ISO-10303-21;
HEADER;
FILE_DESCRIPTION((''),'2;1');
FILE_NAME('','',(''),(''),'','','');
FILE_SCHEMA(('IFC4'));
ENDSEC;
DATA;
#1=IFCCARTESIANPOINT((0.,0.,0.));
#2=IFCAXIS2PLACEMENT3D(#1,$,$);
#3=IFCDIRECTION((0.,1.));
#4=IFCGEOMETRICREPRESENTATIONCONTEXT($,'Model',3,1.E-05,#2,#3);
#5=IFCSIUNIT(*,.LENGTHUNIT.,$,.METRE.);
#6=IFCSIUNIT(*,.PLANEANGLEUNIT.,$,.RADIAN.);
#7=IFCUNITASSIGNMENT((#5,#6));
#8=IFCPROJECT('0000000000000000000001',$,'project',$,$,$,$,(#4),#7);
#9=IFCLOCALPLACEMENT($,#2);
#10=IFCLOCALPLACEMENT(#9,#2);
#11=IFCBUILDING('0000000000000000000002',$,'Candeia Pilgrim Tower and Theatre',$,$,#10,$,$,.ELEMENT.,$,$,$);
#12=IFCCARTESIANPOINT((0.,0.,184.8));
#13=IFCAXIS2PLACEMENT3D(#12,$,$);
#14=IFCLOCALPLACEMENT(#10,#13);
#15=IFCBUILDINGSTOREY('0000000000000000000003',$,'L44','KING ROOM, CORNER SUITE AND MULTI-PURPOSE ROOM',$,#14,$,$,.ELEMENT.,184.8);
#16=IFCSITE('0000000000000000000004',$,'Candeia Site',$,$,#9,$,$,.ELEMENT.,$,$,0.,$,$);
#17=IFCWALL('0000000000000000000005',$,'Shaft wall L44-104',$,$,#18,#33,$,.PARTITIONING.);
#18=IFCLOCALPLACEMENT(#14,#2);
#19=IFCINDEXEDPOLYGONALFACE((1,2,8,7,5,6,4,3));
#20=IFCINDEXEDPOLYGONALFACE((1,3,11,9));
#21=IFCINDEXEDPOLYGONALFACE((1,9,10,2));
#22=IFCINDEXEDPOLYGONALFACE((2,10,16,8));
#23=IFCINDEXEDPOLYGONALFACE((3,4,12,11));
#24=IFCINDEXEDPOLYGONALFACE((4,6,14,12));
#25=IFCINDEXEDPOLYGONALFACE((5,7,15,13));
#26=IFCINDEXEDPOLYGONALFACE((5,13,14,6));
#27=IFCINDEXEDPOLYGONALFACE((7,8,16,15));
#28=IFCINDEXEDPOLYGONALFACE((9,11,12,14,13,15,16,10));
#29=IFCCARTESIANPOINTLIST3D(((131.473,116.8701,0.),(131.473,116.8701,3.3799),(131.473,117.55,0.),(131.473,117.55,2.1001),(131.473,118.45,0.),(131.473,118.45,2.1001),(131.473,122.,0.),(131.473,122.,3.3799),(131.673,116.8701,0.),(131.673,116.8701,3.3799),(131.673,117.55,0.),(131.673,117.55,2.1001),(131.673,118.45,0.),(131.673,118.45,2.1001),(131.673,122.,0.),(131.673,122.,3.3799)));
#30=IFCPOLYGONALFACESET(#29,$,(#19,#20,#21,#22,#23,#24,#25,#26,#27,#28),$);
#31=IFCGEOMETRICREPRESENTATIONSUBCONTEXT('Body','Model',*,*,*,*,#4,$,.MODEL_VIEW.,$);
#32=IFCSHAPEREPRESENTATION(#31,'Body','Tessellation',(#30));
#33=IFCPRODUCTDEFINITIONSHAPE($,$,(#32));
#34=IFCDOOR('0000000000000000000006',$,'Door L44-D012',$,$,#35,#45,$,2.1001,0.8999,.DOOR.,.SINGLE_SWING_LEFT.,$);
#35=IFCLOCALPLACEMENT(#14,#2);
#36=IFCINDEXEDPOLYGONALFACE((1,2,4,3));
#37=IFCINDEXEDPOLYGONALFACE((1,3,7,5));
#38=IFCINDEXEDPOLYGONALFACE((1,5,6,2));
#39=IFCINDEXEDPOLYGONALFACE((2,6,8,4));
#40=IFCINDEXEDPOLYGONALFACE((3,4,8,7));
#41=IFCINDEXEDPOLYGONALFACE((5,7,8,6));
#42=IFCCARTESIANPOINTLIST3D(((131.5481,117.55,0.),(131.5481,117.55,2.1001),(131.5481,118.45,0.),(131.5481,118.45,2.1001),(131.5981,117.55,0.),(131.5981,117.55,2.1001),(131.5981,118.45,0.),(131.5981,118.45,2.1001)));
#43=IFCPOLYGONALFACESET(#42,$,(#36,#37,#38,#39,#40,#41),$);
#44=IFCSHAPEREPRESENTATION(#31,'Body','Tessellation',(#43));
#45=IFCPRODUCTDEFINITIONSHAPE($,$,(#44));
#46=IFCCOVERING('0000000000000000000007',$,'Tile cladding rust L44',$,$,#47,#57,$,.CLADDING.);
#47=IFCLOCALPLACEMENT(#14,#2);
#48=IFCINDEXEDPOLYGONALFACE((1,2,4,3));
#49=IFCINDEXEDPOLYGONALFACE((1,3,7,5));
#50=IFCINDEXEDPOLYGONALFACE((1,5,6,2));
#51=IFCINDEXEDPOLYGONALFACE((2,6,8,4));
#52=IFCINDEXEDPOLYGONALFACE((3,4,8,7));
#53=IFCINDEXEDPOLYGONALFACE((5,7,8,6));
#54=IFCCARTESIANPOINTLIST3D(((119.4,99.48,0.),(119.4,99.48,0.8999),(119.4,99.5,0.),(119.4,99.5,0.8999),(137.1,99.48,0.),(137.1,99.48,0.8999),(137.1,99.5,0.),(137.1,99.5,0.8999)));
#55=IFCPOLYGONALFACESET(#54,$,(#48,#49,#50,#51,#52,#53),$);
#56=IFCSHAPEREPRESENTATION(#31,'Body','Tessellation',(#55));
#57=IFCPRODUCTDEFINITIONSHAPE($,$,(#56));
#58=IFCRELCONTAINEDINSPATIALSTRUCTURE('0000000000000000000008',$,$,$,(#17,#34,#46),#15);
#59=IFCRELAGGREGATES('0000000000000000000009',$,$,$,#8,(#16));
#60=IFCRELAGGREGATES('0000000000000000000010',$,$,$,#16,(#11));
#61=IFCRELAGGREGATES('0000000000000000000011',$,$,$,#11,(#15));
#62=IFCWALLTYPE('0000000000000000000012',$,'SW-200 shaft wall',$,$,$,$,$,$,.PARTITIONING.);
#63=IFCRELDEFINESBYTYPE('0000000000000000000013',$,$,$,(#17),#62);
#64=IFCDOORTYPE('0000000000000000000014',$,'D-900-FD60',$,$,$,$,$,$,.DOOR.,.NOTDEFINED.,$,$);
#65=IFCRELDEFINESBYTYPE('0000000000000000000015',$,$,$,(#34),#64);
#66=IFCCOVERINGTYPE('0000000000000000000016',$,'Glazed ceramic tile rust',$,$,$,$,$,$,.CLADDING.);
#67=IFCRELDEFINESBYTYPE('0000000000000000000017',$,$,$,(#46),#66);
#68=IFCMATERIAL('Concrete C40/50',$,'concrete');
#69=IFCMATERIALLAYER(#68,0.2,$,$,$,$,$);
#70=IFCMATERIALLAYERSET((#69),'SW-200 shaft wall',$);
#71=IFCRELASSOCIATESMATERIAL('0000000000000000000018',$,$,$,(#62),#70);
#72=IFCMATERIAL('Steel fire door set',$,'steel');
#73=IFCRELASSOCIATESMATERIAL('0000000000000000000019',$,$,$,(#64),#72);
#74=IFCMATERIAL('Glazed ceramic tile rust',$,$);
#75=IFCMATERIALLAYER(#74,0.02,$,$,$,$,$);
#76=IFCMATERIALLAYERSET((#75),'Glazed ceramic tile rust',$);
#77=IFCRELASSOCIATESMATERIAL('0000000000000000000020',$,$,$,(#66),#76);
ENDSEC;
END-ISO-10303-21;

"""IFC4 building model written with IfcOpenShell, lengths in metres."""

from ifc_helpers import new_model, si_unit, direction, frame, frame_2d, origin, origin_2d, place, context, subcontext, project, spatial, rectangle, extrude, material, layer, layer_set, type_object, element, fill, save


model = new_model("IFC4")

# Units and contexts
model_context = context("Model", 3, precision=1e-05, world=origin(), true_north=direction((0.0, 1.0)))
body_context = subcontext(model_context, "Body", "Model", "MODEL_VIEW")
ifc_project = project(units=[si_unit("LENGTHUNIT", "METRE"), si_unit("PLANEANGLEUNIT", "RADIAN")], contexts=[model_context])

# Site, building, storey
site_placement = place(None, origin())
site = spatial("IfcSite", under=ifc_project, at=site_placement, Name="Candeia Site", CompositionType="ELEMENT", RefElevation=0.0)
building_placement = place(site_placement, origin())
building = spatial("IfcBuilding", under=site, at=building_placement, Name="Candeia Pilgrim Tower and Theatre", CompositionType="ELEMENT")
storey_placement = place(building_placement, frame((0.0, 0.0, 184.8)))
storey = spatial("IfcBuildingStorey", under=building, at=storey_placement, Name="L44", Description="KING ROOM, CORNER SUITE AND MULTI-PURPOSE ROOM", CompositionType="ELEMENT", Elevation=184.8)

# Shared definitions
ifc_material_1 = material(Name="Steel fire door set", Category="steel")

# Shared definitions
ifc_material_2 = material(Name="Concrete C40/50", Category="concrete")
ifc_layer_1 = layer(ifc_material_2, 0.2)
ifc_layer_set_1 = layer_set([ifc_layer_1], Name="SW-200 shaft wall")
wall_type_1 = type_object("IfcWallType", Name="SW-200 shaft wall", PredefinedType="PARTITIONING", material=ifc_layer_set_1)

# Wall, opening, door
wall_1_placement = place(storey_placement, frame((131.573, 116.8701, 0.0), z_axis=(0.0, 0.0, 1.0), x_axis=(0.0, 1.0, 0.0)))
wall_1 = element("IfcWall", 1, at=wall_1_placement, inside=storey, type_object=wall_type_1, Name="Shaft wall L44-104", PredefinedType="PARTITIONING", context=body_context, shape_type="SweptSolid", body=[
    extrude(rectangle(XDim=5.1299, YDim=0.2, at=frame_2d((2.5649, 0.0))), origin(), (0.0, 0.0, 1.0), 3.3799),
])
opening_1_placement = place(wall_1_placement, frame((0.6799, 0.0, 0.0)))
opening_1 = element("IfcOpeningElement", 2, at=opening_1_placement, cuts=wall_1, PredefinedType="OPENING", context=body_context, shape_type="SweptSolid", body=[
    extrude(rectangle(XDim=0.8999, YDim=2.1001, at=frame_2d((0.45, 1.05))), frame((0.0, 0.1099, 0.0), z_axis=(0.0, -1.0, 0.0), x_axis=(1.0, 0.0, 0.0)), (0.0, 0.0, 1.0), 0.22),
])
door_type_1 = type_object("IfcDoorType", Name="D-900-FD60", OperationType="NOTDEFINED", PredefinedType="DOOR", material=ifc_material_1)
door_1_placement = place(opening_1_placement, origin())
door_1 = element("IfcDoor", 3, at=door_1_placement, inside=storey, type_object=door_type_1, Name="Door L44-D012", OperationType="SINGLE_SWING_LEFT", OverallHeight=2.1001, OverallWidth=0.8999, PredefinedType="DOOR", context=body_context, shape_type="SweptSolid", body=[
    extrude(rectangle(XDim=0.8999, YDim=2.1001, at=frame_2d((0.45, 1.05))), frame((0.0, 0.0249, 0.0), z_axis=(0.0, -1.0, 0.0), x_axis=(1.0, 0.0, 0.0)), (0.0, 0.0, 1.0), 0.05),
])
fill(opening_1, door_1)

# Covering
ifc_material_3 = material(Name="Glazed ceramic tile rust")
ifc_layer_2 = layer(ifc_material_3, 0.02)
ifc_layer_set_2 = layer_set([ifc_layer_2], Name="Glazed ceramic tile rust")
covering_type = type_object("IfcCoveringType", Name="Glazed ceramic tile rust", PredefinedType="CLADDING", material=ifc_layer_set_2)
covering_placement = place(storey_placement, frame((128.25, 99.49, 0.0), z_axis=(0.0, 0.0, 1.0), x_axis=(1.0, 0.0, 0.0)))
element("IfcCovering", 4, at=covering_placement, inside=storey, type_object=covering_type, Name="Tile cladding rust L44", PredefinedType="CLADDING", context=body_context, shape_type="SweptSolid", body=[
    extrude(rectangle(XDim=17.7, YDim=0.02, at=origin_2d()), origin(), (0.0, 0.0, 1.0), 0.8999),
])

save(model, "model.ifc")
